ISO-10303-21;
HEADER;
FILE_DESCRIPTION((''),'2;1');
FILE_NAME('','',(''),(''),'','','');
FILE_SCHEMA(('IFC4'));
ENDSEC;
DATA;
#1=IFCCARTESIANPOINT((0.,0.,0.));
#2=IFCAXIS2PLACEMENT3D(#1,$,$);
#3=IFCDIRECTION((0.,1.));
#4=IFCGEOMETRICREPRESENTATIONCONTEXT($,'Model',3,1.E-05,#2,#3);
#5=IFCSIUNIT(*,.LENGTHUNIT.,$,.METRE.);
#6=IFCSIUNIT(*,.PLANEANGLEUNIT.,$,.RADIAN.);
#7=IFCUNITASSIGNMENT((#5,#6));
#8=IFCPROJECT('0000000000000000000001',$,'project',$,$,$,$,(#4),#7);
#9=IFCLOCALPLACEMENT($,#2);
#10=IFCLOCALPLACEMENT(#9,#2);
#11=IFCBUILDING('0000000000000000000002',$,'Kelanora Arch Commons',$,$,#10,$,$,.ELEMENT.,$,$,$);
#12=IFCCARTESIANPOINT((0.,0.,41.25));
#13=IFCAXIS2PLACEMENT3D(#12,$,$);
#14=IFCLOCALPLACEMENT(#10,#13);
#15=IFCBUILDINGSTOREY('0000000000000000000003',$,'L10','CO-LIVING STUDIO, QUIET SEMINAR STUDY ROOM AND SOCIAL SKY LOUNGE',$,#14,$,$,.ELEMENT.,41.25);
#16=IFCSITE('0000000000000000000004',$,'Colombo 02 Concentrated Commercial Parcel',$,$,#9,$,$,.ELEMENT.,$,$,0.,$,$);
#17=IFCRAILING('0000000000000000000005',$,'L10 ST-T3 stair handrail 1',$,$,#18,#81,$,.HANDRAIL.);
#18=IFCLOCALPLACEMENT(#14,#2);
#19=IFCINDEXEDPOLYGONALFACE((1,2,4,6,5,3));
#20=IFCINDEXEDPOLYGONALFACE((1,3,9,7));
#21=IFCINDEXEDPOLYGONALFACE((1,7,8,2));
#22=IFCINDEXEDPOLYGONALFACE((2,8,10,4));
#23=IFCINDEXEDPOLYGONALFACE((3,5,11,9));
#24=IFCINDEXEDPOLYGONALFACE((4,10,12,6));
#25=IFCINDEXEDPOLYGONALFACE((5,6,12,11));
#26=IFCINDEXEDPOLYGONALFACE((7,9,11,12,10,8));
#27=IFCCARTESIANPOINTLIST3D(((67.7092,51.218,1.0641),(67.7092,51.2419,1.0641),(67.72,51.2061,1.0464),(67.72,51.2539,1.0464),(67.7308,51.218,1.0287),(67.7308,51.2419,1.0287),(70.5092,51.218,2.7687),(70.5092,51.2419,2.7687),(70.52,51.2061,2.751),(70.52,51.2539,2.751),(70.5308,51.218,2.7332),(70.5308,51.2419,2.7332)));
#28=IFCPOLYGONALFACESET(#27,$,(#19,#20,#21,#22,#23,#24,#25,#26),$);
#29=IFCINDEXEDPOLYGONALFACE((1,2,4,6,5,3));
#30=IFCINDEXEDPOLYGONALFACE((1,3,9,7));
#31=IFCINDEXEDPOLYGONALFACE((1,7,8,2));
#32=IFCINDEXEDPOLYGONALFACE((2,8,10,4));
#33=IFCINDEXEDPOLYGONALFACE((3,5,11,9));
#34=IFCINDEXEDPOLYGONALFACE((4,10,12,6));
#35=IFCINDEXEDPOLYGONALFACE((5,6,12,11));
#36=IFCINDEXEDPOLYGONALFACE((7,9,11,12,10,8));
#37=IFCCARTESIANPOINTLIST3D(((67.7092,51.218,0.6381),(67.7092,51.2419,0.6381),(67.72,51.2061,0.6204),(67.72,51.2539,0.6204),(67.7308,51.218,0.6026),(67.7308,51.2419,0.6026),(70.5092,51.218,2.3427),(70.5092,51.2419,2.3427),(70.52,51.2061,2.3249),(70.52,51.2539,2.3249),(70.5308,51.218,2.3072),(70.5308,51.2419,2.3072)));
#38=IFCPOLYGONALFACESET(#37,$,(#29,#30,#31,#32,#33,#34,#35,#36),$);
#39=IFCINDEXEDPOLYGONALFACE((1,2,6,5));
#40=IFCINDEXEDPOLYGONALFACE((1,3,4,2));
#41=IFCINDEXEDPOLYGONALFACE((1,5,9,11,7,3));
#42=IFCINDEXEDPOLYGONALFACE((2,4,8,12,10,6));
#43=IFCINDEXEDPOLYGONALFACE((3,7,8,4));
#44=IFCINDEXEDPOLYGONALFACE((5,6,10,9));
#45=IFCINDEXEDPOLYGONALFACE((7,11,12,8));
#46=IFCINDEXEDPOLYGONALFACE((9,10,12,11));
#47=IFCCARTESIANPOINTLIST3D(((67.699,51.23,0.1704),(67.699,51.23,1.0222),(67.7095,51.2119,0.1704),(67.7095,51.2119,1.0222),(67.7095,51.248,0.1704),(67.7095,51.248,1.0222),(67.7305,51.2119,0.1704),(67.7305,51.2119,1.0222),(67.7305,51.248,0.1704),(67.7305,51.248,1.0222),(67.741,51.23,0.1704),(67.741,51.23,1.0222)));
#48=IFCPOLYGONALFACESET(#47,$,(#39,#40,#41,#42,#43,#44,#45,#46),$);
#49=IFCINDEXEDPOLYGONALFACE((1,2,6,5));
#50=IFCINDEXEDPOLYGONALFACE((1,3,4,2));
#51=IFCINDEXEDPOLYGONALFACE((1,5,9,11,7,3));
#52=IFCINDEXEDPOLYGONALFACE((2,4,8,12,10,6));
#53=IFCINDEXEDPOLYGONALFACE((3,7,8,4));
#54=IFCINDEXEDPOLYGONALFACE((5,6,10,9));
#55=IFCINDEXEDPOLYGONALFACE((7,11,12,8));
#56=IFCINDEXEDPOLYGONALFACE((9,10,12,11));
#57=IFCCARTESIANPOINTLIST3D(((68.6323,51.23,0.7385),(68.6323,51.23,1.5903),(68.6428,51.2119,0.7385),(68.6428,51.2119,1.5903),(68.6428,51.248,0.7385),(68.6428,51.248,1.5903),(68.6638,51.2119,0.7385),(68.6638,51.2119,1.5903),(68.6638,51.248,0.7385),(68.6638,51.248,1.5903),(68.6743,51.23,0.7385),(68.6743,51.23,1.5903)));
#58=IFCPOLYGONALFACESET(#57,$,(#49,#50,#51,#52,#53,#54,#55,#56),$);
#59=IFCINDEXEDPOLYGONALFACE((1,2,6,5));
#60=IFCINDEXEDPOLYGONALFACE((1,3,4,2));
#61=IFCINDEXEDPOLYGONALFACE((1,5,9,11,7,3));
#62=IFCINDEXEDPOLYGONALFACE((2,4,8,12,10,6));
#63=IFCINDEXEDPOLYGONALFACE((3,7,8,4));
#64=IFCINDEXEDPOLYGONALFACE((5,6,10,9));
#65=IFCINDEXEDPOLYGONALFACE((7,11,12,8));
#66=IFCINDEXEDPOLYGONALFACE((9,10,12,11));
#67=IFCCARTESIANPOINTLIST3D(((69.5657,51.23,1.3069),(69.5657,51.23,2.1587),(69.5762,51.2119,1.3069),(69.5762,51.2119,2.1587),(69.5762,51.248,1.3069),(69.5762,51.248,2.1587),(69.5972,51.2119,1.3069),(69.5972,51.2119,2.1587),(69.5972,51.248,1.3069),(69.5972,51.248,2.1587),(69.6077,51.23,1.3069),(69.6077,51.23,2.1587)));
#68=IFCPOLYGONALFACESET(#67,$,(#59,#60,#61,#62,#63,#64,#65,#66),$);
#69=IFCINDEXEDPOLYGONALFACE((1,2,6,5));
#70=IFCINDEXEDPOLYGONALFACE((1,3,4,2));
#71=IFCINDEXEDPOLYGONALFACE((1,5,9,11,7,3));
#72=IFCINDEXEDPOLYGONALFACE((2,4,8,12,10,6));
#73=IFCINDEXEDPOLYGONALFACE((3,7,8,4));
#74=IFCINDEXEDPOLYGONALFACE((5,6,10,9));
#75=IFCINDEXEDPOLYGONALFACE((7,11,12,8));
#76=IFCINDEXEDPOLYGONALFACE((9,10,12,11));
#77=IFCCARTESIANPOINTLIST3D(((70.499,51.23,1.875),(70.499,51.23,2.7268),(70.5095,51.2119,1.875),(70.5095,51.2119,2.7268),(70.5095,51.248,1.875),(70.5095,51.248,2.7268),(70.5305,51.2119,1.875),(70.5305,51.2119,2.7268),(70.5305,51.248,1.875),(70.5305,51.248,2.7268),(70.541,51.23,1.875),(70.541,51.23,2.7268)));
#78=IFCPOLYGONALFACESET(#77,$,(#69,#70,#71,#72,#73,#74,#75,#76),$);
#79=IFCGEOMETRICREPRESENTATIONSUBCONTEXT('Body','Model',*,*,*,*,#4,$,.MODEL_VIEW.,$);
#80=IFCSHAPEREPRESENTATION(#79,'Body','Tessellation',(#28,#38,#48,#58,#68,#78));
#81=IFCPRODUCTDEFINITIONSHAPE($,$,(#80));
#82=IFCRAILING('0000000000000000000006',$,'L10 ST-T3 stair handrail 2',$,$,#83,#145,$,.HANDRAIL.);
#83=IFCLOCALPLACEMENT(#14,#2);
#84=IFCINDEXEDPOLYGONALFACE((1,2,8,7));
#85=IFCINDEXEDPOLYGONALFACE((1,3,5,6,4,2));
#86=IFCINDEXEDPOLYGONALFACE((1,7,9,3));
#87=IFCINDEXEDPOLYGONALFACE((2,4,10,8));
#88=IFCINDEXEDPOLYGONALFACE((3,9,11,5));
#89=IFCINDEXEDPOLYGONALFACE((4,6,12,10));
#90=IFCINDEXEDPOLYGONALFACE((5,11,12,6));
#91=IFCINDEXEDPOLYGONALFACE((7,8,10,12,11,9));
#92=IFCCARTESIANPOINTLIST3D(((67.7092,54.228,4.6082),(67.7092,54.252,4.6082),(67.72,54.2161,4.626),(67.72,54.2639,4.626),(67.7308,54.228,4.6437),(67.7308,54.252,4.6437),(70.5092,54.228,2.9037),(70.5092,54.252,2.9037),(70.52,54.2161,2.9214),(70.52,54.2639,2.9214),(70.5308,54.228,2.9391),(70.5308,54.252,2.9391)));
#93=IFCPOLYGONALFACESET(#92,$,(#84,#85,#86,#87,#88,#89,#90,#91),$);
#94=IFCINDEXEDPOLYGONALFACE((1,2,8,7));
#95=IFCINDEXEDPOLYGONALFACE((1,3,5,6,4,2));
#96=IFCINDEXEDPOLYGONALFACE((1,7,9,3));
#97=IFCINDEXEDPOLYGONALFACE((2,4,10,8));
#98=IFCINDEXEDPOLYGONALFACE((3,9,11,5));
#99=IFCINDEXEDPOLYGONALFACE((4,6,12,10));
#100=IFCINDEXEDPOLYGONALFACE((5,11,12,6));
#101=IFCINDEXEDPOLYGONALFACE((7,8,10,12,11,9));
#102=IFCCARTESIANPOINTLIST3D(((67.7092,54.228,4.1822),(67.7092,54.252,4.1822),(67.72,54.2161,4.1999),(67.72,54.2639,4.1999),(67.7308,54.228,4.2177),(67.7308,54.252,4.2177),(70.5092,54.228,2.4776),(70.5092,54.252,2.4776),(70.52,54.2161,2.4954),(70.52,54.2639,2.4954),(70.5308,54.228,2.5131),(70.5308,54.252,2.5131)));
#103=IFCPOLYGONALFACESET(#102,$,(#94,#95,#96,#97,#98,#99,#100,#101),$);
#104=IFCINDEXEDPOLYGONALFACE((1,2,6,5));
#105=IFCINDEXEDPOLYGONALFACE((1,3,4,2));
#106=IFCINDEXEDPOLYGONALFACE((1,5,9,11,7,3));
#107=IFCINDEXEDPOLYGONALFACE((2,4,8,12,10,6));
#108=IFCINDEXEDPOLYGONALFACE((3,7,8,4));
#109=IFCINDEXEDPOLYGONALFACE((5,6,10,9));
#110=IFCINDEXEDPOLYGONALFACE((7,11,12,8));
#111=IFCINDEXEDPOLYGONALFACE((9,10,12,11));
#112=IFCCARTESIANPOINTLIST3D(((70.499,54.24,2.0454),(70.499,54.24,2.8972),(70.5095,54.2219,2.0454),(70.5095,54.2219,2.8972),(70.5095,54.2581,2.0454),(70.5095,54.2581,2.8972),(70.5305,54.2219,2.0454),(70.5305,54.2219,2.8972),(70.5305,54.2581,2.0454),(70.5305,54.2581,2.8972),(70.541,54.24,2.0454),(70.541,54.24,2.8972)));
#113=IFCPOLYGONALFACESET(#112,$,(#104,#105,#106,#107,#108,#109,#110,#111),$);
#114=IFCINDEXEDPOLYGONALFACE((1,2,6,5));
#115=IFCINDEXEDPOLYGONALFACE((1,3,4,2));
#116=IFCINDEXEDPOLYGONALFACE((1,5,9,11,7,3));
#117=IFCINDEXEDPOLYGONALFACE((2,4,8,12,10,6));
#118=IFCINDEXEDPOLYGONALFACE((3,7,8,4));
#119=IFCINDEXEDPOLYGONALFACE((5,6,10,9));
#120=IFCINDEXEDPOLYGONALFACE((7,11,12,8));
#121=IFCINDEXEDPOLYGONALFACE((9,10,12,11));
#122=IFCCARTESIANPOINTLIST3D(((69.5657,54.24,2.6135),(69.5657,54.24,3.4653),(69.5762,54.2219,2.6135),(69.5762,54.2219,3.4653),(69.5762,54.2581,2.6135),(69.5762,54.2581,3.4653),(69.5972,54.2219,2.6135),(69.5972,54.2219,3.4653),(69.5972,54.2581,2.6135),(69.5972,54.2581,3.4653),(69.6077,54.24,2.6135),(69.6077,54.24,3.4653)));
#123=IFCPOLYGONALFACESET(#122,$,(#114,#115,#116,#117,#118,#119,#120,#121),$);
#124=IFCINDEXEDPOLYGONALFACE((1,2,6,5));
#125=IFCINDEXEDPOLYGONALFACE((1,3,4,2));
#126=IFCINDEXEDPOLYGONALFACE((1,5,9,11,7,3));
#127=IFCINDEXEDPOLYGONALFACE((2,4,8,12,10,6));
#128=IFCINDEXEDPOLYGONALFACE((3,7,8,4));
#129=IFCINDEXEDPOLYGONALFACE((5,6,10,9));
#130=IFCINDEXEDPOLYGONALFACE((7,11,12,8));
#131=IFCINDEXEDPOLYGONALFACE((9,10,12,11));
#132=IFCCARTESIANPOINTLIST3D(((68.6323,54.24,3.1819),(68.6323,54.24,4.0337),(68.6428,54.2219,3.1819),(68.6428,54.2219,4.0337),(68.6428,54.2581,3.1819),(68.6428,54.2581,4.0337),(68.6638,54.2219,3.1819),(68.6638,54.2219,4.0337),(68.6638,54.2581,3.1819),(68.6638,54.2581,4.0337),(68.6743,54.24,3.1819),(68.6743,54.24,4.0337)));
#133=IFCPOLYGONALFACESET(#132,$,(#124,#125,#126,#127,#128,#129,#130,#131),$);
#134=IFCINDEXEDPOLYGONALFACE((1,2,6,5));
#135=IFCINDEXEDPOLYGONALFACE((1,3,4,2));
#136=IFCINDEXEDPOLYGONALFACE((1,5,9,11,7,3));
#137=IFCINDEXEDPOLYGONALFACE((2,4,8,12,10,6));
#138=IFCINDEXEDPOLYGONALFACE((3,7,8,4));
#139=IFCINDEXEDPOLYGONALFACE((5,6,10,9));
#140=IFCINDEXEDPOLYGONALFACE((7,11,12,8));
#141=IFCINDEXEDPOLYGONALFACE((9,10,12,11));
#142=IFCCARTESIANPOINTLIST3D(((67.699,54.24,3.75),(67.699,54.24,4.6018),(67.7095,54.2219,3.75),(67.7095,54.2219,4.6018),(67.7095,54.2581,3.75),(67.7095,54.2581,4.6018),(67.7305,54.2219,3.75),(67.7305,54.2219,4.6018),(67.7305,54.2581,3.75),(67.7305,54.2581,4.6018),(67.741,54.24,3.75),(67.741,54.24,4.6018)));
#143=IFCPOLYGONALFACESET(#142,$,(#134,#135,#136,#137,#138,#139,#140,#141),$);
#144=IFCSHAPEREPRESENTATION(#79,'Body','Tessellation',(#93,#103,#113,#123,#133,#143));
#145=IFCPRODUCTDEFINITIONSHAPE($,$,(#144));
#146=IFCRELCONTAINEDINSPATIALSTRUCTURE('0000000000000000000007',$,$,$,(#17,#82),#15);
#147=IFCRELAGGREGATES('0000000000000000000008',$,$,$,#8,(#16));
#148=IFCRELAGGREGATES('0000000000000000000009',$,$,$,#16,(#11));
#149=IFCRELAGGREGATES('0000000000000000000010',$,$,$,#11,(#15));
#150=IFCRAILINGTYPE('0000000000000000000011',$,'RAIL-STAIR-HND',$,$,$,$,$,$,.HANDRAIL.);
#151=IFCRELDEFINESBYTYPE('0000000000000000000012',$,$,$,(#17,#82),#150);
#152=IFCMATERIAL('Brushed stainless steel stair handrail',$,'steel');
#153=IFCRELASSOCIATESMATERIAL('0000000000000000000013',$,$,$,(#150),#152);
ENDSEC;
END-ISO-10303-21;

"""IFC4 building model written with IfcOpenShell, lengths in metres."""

from ifc_helpers import new_model, si_unit, direction, frame, origin, place, context, subcontext, project, spatial, polyline, outline, extrude, material, type_object, element, save


model = new_model("IFC4")

# Units and contexts
model_context = context("Model", 3, precision=1e-05, world=origin(), true_north=direction((0.0, 1.0)))
body_context = subcontext(model_context, "Body", "Model", "MODEL_VIEW")
ifc_project = project(units=[si_unit("LENGTHUNIT", "METRE"), si_unit("PLANEANGLEUNIT", "RADIAN")], contexts=[model_context])

# Site, building, storey
site_placement = place(None, origin())
site = spatial("IfcSite", under=ifc_project, at=site_placement, Name="Colombo 02 Concentrated Commercial Parcel", CompositionType="ELEMENT", RefElevation=0.0)
building_placement = place(site_placement, origin())
building = spatial("IfcBuilding", under=site, at=building_placement, Name="Kelanora Arch Commons", CompositionType="ELEMENT")
storey_placement = place(building_placement, frame((0.0, 0.0, 41.25)))
storey = spatial("IfcBuildingStorey", under=building, at=storey_placement, Name="L10", Description="CO-LIVING STUDIO, QUIET SEMINAR STUDY ROOM AND SOCIAL SKY LOUNGE", CompositionType="ELEMENT", Elevation=41.25)

# Railings
ifc_material_1 = material(Name="Brushed stainless steel stair handrail", Category="steel")
railing_type_1 = type_object("IfcRailingType", Name="RAIL-STAIR-HND", PredefinedType="HANDRAIL", material=ifc_material_1)
railing_1_placement = place(storey_placement, frame((67.72, 51.23, 0.1704)))
element("IfcRailing", 1, at=railing_1_placement, inside=storey, type_object=railing_type_1, Name="L10 ST-T3 stair handrail 1", PredefinedType="HANDRAIL", context=body_context, shape_type="SweptSolid", body=[
    extrude(outline(polyline([(0.0239, 0.0), (0.012, 0.0208), (-0.012, 0.0208), (-0.0239, 0.0), (-0.012, -0.0208), (0.012, -0.0208), (0.0239, 0.0)])), frame((0.0, 0.0, 0.876), z_axis=(0.85417, 0.0, 0.519994), x_axis=(0.0, 1.0, 0.0)), (0.0, 0.0, 1.0), 3.2781),
    extrude(outline(polyline([(0.0239, 0.0), (0.012, 0.0208), (-0.012, 0.0208), (-0.0239, 0.0), (-0.012, -0.0208), (0.012, -0.0208), (0.0239, 0.0)])), frame((0.0, 0.0, 0.45), z_axis=(0.85417, 0.0, 0.519994), x_axis=(0.0, 1.0, 0.0)), (0.0, 0.0, 1.0), 3.2781),
    extrude(outline(polyline([(0.021, 0.0), (0.0105, 0.0181), (-0.0105, 0.0181), (-0.021, 0.0), (-0.0105, -0.0181), (0.0105, -0.0181), (0.021, 0.0)])), origin(), (0.0, 0.0, 1.0), 0.8518),
    extrude(outline(polyline([(0.021, 0.0), (0.0105, 0.0181), (-0.0105, 0.0181), (-0.021, 0.0), (-0.0105, -0.0181), (0.0105, -0.0181), (0.021, 0.0)])), frame((0.9333, 0.0, 0.5681)), (0.0, 0.0, 1.0), 0.8518),
    extrude(outline(polyline([(0.021, 0.0), (0.0105, 0.0181), (-0.0105, 0.0181), (-0.021, 0.0), (-0.0105, -0.0181), (0.0105, -0.0181), (0.021, 0.0)])), frame((1.8667, 0.0, 1.1365)), (0.0, 0.0, 1.0), 0.8518),
    extrude(outline(polyline([(0.021, 0.0), (0.0105, 0.0181), (-0.0105, 0.0181), (-0.021, 0.0), (-0.0105, -0.0181), (0.0105, -0.0181), (0.021, 0.0)])), frame((2.8, 0.0, 1.7046)), (0.0, 0.0, 1.0), 0.8518),
])
railing_2_placement = place(storey_placement, frame((70.52, 54.24, 2.0454)))
element("IfcRailing", 2, at=railing_2_placement, inside=storey, type_object=railing_type_1, Name="L10 ST-T3 stair handrail 2", PredefinedType="HANDRAIL", context=body_context, shape_type="SweptSolid", body=[
    extrude(outline(polyline([(0.0239, 0.0), (0.012, 0.0208), (-0.012, 0.0208), (-0.0239, 0.0), (-0.012, -0.0208), (0.012, -0.0208), (0.0239, 0.0)])), frame((0.0, 0.0, 0.876), z_axis=(-0.85417, 0.0, 0.519994), x_axis=(0.0, -1.0, 0.0)), (0.0, 0.0, 1.0), 3.2781),
    extrude(outline(polyline([(0.0239, 0.0), (0.012, 0.0208), (-0.012, 0.0208), (-0.0239, 0.0), (-0.012, -0.0208), (0.012, -0.0208), (0.0239, 0.0)])), frame((0.0, 0.0, 0.45), z_axis=(-0.85417, 0.0, 0.519994), x_axis=(0.0, -1.0, 0.0)), (0.0, 0.0, 1.0), 3.2781),
    extrude(outline(polyline([(0.021, 0.0), (0.0105, 0.0181), (-0.0105, 0.0181), (-0.021, 0.0), (-0.0105, -0.0181), (0.0105, -0.0181), (0.021, 0.0)])), origin(), (0.0, 0.0, 1.0), 0.8518),
    extrude(outline(polyline([(0.021, 0.0), (0.0105, 0.0181), (-0.0105, 0.0181), (-0.021, 0.0), (-0.0105, -0.0181), (0.0105, -0.0181), (0.021, 0.0)])), frame((-0.9333, 0.0, 0.5681)), (0.0, 0.0, 1.0), 0.8518),
    extrude(outline(polyline([(0.021, 0.0), (0.0105, 0.0181), (-0.0105, 0.0181), (-0.021, 0.0), (-0.0105, -0.0181), (0.0105, -0.0181), (0.021, 0.0)])), frame((-1.8667, 0.0, 1.1365)), (0.0, 0.0, 1.0), 0.8518),
    extrude(outline(polyline([(0.021, 0.0), (0.0105, 0.0181), (-0.0105, 0.0181), (-0.021, 0.0), (-0.0105, -0.0181), (0.0105, -0.0181), (0.021, 0.0)])), frame((-2.8, 0.0, 1.7046)), (0.0, 0.0, 1.0), 0.8518),
])

save(model, "model.ifc")
